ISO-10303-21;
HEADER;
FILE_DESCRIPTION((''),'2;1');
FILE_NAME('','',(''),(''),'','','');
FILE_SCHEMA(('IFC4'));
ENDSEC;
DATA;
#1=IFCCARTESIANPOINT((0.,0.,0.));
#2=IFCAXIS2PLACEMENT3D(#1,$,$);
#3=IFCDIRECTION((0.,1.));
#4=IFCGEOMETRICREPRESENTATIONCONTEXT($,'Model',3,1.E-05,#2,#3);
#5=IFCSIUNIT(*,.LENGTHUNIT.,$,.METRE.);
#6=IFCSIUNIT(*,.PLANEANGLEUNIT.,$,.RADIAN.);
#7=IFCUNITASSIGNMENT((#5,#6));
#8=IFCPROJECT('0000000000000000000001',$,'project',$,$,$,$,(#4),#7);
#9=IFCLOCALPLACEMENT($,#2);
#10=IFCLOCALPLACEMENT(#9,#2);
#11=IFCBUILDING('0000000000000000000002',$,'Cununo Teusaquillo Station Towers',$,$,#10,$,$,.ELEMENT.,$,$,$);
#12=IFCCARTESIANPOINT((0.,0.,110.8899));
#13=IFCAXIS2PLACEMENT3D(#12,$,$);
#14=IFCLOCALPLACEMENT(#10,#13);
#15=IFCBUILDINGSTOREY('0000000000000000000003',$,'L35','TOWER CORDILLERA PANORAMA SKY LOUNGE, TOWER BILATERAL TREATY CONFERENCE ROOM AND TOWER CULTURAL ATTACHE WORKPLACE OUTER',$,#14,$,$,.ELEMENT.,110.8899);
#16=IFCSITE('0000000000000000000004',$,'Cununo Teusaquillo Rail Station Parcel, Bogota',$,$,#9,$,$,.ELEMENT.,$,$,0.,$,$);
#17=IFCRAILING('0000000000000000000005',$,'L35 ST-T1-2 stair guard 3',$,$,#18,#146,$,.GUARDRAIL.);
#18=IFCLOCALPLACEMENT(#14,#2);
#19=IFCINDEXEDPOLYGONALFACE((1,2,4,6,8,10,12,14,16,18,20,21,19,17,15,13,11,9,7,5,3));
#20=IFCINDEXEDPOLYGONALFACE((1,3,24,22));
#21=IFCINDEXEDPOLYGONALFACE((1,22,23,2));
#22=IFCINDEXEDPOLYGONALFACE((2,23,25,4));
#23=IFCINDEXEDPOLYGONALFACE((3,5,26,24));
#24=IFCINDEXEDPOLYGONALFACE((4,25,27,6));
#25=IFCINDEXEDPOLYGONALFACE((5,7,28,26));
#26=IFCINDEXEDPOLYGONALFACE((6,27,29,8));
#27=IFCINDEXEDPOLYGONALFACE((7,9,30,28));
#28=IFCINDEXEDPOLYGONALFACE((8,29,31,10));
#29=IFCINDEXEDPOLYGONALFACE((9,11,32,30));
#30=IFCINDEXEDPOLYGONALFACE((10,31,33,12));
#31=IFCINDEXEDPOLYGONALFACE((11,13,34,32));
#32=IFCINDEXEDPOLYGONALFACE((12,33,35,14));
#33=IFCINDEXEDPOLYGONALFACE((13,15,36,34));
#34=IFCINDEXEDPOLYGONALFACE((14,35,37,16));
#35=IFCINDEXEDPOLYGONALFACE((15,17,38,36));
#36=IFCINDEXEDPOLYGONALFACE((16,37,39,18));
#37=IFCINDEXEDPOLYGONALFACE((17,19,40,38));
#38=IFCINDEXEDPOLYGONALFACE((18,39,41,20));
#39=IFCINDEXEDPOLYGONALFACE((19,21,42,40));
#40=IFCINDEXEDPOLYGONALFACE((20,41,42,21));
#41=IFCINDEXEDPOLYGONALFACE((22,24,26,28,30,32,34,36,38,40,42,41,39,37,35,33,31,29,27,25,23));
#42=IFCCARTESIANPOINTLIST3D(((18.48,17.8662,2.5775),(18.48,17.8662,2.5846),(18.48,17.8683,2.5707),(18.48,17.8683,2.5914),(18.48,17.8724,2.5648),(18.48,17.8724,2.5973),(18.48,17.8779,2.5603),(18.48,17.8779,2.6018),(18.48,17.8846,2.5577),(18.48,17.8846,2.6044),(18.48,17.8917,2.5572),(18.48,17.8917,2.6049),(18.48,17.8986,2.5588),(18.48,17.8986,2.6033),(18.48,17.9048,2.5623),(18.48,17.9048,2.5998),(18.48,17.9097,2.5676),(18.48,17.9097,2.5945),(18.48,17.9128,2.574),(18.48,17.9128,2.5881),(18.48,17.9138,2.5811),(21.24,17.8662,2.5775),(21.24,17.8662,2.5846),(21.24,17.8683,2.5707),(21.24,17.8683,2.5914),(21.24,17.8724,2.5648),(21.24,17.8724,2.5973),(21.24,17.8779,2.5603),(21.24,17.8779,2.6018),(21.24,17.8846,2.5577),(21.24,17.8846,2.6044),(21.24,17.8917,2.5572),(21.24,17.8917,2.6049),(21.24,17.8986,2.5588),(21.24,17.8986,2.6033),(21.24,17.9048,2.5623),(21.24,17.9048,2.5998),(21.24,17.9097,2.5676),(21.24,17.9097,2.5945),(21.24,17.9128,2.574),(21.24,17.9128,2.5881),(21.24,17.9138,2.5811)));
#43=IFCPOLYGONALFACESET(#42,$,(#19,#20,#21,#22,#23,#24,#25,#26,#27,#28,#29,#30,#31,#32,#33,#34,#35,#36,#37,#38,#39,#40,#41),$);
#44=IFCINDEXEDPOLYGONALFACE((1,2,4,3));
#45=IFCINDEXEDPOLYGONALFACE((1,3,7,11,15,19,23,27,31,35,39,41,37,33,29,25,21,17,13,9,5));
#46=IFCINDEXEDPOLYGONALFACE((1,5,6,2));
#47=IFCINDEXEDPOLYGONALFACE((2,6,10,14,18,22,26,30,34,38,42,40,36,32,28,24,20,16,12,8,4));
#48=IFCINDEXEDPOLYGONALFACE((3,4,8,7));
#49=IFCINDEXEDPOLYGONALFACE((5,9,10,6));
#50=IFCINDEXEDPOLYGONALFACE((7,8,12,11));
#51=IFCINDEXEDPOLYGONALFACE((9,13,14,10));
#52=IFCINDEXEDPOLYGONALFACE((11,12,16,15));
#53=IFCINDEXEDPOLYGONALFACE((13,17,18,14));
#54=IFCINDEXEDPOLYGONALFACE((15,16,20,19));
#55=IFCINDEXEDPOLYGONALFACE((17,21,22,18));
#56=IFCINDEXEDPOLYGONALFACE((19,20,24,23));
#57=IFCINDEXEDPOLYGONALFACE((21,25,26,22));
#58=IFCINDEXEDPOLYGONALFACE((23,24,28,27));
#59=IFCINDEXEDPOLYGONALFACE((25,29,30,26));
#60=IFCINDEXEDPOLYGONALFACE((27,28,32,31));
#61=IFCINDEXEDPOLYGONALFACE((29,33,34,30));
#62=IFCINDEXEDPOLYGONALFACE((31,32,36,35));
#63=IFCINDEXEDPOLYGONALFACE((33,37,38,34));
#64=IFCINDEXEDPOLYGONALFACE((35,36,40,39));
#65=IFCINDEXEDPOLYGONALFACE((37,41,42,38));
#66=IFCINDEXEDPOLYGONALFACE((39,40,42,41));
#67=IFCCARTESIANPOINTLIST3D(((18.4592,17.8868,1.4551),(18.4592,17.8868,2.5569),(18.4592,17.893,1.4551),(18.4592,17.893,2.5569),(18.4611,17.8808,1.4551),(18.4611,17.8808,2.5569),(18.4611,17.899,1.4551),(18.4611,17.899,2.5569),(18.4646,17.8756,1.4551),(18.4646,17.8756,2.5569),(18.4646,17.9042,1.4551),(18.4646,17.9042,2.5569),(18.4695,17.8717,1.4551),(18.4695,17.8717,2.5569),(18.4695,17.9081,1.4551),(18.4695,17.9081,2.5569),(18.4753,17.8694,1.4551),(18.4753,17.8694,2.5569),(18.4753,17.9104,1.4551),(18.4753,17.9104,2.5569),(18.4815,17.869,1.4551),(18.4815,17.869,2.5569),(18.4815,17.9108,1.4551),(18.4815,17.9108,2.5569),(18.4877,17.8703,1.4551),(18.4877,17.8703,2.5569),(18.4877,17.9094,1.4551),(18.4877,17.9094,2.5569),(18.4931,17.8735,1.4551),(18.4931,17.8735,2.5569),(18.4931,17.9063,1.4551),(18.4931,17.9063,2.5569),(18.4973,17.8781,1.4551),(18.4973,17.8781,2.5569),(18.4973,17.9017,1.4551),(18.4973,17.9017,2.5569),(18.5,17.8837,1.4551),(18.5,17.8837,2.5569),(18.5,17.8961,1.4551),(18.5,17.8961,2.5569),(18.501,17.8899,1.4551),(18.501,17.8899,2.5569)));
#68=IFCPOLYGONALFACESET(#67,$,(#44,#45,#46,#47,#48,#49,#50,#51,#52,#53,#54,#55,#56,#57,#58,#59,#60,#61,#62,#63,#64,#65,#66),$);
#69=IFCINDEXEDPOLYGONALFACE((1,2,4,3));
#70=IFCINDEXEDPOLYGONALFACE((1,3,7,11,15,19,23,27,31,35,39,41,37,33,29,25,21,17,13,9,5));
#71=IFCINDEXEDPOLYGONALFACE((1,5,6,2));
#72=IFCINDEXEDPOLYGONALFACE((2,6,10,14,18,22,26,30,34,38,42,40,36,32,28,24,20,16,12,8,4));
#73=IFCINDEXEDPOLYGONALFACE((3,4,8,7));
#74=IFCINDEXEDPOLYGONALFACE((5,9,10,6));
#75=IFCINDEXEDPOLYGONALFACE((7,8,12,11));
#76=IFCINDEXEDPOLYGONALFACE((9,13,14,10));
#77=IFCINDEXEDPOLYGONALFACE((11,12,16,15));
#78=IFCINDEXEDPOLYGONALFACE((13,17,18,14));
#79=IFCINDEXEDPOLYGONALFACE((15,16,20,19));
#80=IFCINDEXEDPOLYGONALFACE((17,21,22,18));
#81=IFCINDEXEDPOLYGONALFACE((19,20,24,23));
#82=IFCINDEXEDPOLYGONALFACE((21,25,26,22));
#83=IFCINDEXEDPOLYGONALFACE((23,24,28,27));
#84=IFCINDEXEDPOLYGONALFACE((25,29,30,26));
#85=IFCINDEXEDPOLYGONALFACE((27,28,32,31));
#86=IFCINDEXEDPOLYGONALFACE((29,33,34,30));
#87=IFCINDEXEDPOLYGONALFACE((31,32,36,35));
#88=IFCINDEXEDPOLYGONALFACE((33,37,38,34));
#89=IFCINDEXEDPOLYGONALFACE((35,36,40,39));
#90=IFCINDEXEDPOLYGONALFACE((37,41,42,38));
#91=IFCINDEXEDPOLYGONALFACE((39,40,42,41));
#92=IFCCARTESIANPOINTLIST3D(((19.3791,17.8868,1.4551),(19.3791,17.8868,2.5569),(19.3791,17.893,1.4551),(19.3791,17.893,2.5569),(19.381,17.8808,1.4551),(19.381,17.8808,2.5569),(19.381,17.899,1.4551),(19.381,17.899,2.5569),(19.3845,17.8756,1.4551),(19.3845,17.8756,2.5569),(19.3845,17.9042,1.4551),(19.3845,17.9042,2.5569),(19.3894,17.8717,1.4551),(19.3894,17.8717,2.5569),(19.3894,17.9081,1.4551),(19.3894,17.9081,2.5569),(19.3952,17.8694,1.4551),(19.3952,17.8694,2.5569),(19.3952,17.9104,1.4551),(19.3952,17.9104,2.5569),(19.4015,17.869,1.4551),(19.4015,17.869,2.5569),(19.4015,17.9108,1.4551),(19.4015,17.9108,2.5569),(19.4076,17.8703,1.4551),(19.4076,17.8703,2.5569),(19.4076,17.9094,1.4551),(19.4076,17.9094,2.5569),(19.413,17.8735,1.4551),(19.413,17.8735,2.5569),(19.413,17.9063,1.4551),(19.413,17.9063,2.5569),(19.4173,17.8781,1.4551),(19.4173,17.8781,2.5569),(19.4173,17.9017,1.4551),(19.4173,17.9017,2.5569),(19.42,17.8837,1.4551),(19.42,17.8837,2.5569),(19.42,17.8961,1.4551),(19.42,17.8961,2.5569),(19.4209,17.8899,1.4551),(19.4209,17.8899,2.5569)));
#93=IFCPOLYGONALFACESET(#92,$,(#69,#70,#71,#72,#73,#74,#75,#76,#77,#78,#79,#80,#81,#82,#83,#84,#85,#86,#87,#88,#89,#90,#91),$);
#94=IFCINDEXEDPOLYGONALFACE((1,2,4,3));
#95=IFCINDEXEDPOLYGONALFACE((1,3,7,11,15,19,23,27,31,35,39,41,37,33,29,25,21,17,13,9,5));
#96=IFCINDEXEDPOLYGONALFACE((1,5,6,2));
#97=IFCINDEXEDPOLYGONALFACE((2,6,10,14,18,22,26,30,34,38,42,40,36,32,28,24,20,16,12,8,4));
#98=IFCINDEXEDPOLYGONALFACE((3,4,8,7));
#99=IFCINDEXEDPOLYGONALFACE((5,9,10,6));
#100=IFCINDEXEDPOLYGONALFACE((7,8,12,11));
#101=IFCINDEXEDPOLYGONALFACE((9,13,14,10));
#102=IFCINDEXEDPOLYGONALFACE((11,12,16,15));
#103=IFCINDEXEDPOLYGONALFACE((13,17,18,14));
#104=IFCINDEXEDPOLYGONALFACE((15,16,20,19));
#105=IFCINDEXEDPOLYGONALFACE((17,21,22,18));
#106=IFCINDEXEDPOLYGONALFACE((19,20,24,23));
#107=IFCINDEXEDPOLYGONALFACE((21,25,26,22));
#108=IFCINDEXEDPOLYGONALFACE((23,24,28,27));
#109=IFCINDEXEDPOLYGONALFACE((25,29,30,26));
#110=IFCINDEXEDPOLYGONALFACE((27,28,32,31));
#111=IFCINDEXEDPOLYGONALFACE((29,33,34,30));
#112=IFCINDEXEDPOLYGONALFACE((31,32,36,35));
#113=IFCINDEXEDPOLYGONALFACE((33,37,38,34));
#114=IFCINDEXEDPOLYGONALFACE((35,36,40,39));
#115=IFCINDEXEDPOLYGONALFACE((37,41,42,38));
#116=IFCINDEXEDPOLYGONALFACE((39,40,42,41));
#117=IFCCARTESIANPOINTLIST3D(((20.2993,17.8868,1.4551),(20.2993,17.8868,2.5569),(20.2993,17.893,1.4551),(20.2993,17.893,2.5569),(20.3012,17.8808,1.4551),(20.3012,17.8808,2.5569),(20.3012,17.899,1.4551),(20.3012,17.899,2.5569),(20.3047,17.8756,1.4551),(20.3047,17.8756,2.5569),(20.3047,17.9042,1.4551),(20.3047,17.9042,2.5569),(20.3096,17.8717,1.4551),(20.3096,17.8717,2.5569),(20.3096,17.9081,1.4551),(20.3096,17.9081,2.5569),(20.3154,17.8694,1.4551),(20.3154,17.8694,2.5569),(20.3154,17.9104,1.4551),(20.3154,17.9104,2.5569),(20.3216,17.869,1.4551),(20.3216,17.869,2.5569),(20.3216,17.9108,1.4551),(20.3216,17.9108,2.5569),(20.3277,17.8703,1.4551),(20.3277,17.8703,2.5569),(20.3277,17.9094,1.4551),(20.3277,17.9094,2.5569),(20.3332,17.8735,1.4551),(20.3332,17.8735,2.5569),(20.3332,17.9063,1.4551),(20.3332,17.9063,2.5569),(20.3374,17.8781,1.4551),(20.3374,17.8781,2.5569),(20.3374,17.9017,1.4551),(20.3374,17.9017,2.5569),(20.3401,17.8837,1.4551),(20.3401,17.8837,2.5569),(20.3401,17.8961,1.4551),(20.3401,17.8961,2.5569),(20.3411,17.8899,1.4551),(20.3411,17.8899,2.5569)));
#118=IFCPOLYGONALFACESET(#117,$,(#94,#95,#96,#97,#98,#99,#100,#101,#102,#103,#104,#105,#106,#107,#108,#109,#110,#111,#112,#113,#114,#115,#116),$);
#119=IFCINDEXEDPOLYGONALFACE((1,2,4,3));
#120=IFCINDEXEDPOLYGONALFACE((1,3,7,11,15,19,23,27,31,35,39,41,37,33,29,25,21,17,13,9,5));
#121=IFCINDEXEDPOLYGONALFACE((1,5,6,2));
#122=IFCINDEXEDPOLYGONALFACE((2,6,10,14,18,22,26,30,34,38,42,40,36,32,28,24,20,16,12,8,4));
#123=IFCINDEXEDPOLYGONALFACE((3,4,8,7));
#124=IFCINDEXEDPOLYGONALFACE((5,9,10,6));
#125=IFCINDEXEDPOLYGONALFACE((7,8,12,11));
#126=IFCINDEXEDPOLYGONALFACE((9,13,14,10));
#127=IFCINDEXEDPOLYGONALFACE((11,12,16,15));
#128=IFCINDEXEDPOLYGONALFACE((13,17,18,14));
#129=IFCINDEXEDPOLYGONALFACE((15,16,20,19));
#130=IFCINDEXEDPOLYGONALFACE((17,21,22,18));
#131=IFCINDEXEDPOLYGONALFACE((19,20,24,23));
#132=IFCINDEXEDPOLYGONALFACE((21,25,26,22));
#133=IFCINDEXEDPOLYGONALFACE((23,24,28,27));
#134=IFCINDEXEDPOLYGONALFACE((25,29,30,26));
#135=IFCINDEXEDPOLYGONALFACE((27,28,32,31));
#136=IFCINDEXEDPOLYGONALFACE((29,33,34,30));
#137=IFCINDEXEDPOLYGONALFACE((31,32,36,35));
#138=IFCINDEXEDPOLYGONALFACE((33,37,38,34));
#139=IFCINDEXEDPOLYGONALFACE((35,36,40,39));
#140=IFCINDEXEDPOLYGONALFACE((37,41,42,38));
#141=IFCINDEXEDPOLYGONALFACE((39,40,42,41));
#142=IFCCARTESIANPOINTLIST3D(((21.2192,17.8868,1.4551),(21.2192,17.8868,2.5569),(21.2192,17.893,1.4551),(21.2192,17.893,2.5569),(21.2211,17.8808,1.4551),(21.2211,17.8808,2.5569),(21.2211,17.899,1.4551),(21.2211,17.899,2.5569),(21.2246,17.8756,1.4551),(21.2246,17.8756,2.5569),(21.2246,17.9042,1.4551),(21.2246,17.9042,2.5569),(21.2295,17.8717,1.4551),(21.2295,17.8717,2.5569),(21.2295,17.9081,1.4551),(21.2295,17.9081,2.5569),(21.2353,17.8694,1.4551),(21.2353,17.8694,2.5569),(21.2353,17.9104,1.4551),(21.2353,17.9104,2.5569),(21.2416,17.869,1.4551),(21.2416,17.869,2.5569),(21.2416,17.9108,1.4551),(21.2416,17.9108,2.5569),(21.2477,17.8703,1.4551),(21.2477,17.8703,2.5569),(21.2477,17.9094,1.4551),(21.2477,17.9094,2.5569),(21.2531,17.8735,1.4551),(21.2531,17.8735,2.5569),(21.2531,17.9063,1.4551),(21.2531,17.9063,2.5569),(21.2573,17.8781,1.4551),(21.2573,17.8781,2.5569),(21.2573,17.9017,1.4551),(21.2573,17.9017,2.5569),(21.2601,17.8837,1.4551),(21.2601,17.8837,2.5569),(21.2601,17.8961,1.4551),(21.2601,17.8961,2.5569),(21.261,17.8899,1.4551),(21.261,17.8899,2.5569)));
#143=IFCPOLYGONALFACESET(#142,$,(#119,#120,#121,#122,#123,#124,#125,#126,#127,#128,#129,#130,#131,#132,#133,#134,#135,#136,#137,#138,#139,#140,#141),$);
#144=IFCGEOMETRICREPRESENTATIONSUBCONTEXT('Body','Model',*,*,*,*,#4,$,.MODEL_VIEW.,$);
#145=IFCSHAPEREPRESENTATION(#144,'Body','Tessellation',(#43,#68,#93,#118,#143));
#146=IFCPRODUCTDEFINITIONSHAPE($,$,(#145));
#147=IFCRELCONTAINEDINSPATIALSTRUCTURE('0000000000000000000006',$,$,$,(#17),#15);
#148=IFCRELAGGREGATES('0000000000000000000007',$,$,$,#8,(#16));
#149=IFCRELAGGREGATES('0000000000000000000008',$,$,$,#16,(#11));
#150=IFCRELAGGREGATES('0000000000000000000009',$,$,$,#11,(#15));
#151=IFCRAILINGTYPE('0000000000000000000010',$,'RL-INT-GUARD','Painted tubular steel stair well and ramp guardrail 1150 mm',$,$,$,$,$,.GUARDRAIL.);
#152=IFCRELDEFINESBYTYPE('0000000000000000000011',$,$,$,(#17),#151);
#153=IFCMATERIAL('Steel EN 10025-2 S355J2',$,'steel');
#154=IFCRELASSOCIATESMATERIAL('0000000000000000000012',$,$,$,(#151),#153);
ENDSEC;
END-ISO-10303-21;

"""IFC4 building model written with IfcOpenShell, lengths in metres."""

from ifc_helpers import new_model, si_unit, direction, frame, origin, origin_2d, place, context, subcontext, project, spatial, circle, extrude, material, type_object, element, save


model = new_model("IFC4")

# Units and contexts
model_context = context("Model", 3, precision=1e-05, world=origin(), true_north=direction((0.0, 1.0)))
body_context = subcontext(model_context, "Body", "Model", "MODEL_VIEW")
ifc_project = project(units=[si_unit("LENGTHUNIT", "METRE"), si_unit("PLANEANGLEUNIT", "RADIAN")], contexts=[model_context])

# Site, building, storey
site_placement = place(None, origin())
site = spatial("IfcSite", under=ifc_project, at=site_placement, Name="Cununo Teusaquillo Rail Station Parcel, Bogota", CompositionType="ELEMENT", RefElevation=0.0)
building_placement = place(site_placement, origin())
building = spatial("IfcBuilding", under=site, at=building_placement, Name="Cununo Teusaquillo Station Towers", CompositionType="ELEMENT")
storey_placement = place(building_placement, frame((0.0, 0.0, 110.8899)))
storey = spatial("IfcBuildingStorey", under=building, at=storey_placement, Name="L35", Description="TOWER CORDILLERA PANORAMA SKY LOUNGE, TOWER BILATERAL TREATY CONFERENCE ROOM AND TOWER CULTURAL ATTACHE WORKPLACE OUTER", CompositionType="ELEMENT", Elevation=110.8899)

# Railing
ifc_material_1 = material(Name="Steel EN 10025-2 S355J2", Category="steel")
railing_type_1 = type_object("IfcRailingType", Name="RL-INT-GUARD", Description="Painted tubular steel stair well and ramp guardrail 1150 mm", PredefinedType="GUARDRAIL", material=ifc_material_1)
railing_1_placement = place(storey_placement, frame((18.48, 17.8899, 1.4551)))
element("IfcRailing", 1, at=railing_1_placement, inside=storey, type_object=railing_type_1, Name="L35 ST-T1-2 stair guard 3", PredefinedType="GUARDRAIL", context=body_context, shape_type="SweptSolid", body=[
    extrude(circle(Radius=0.0239, at=origin_2d()), frame((0.0, 0.0, 1.126), z_axis=(1.0, 0.0, 0.0), x_axis=(0.0, 1.0, 0.0)), (0.0, 0.0, 1.0), 2.76),
    extrude(circle(Radius=0.021, at=origin_2d()), origin(), (0.0, 0.0, 1.0), 1.1018),
    extrude(circle(Radius=0.021, at=origin_2d()), frame((0.9199, 0.0, 0.0)), (0.0, 0.0, 1.0), 1.1018),
    extrude(circle(Radius=0.021, at=origin_2d()), frame((1.8401, 0.0, 0.0)), (0.0, 0.0, 1.0), 1.1018),
    extrude(circle(Radius=0.021, at=origin_2d()), frame((2.76, 0.0, 0.0)), (0.0, 0.0, 1.0), 1.1018),
])

save(model, "model.ifc")
